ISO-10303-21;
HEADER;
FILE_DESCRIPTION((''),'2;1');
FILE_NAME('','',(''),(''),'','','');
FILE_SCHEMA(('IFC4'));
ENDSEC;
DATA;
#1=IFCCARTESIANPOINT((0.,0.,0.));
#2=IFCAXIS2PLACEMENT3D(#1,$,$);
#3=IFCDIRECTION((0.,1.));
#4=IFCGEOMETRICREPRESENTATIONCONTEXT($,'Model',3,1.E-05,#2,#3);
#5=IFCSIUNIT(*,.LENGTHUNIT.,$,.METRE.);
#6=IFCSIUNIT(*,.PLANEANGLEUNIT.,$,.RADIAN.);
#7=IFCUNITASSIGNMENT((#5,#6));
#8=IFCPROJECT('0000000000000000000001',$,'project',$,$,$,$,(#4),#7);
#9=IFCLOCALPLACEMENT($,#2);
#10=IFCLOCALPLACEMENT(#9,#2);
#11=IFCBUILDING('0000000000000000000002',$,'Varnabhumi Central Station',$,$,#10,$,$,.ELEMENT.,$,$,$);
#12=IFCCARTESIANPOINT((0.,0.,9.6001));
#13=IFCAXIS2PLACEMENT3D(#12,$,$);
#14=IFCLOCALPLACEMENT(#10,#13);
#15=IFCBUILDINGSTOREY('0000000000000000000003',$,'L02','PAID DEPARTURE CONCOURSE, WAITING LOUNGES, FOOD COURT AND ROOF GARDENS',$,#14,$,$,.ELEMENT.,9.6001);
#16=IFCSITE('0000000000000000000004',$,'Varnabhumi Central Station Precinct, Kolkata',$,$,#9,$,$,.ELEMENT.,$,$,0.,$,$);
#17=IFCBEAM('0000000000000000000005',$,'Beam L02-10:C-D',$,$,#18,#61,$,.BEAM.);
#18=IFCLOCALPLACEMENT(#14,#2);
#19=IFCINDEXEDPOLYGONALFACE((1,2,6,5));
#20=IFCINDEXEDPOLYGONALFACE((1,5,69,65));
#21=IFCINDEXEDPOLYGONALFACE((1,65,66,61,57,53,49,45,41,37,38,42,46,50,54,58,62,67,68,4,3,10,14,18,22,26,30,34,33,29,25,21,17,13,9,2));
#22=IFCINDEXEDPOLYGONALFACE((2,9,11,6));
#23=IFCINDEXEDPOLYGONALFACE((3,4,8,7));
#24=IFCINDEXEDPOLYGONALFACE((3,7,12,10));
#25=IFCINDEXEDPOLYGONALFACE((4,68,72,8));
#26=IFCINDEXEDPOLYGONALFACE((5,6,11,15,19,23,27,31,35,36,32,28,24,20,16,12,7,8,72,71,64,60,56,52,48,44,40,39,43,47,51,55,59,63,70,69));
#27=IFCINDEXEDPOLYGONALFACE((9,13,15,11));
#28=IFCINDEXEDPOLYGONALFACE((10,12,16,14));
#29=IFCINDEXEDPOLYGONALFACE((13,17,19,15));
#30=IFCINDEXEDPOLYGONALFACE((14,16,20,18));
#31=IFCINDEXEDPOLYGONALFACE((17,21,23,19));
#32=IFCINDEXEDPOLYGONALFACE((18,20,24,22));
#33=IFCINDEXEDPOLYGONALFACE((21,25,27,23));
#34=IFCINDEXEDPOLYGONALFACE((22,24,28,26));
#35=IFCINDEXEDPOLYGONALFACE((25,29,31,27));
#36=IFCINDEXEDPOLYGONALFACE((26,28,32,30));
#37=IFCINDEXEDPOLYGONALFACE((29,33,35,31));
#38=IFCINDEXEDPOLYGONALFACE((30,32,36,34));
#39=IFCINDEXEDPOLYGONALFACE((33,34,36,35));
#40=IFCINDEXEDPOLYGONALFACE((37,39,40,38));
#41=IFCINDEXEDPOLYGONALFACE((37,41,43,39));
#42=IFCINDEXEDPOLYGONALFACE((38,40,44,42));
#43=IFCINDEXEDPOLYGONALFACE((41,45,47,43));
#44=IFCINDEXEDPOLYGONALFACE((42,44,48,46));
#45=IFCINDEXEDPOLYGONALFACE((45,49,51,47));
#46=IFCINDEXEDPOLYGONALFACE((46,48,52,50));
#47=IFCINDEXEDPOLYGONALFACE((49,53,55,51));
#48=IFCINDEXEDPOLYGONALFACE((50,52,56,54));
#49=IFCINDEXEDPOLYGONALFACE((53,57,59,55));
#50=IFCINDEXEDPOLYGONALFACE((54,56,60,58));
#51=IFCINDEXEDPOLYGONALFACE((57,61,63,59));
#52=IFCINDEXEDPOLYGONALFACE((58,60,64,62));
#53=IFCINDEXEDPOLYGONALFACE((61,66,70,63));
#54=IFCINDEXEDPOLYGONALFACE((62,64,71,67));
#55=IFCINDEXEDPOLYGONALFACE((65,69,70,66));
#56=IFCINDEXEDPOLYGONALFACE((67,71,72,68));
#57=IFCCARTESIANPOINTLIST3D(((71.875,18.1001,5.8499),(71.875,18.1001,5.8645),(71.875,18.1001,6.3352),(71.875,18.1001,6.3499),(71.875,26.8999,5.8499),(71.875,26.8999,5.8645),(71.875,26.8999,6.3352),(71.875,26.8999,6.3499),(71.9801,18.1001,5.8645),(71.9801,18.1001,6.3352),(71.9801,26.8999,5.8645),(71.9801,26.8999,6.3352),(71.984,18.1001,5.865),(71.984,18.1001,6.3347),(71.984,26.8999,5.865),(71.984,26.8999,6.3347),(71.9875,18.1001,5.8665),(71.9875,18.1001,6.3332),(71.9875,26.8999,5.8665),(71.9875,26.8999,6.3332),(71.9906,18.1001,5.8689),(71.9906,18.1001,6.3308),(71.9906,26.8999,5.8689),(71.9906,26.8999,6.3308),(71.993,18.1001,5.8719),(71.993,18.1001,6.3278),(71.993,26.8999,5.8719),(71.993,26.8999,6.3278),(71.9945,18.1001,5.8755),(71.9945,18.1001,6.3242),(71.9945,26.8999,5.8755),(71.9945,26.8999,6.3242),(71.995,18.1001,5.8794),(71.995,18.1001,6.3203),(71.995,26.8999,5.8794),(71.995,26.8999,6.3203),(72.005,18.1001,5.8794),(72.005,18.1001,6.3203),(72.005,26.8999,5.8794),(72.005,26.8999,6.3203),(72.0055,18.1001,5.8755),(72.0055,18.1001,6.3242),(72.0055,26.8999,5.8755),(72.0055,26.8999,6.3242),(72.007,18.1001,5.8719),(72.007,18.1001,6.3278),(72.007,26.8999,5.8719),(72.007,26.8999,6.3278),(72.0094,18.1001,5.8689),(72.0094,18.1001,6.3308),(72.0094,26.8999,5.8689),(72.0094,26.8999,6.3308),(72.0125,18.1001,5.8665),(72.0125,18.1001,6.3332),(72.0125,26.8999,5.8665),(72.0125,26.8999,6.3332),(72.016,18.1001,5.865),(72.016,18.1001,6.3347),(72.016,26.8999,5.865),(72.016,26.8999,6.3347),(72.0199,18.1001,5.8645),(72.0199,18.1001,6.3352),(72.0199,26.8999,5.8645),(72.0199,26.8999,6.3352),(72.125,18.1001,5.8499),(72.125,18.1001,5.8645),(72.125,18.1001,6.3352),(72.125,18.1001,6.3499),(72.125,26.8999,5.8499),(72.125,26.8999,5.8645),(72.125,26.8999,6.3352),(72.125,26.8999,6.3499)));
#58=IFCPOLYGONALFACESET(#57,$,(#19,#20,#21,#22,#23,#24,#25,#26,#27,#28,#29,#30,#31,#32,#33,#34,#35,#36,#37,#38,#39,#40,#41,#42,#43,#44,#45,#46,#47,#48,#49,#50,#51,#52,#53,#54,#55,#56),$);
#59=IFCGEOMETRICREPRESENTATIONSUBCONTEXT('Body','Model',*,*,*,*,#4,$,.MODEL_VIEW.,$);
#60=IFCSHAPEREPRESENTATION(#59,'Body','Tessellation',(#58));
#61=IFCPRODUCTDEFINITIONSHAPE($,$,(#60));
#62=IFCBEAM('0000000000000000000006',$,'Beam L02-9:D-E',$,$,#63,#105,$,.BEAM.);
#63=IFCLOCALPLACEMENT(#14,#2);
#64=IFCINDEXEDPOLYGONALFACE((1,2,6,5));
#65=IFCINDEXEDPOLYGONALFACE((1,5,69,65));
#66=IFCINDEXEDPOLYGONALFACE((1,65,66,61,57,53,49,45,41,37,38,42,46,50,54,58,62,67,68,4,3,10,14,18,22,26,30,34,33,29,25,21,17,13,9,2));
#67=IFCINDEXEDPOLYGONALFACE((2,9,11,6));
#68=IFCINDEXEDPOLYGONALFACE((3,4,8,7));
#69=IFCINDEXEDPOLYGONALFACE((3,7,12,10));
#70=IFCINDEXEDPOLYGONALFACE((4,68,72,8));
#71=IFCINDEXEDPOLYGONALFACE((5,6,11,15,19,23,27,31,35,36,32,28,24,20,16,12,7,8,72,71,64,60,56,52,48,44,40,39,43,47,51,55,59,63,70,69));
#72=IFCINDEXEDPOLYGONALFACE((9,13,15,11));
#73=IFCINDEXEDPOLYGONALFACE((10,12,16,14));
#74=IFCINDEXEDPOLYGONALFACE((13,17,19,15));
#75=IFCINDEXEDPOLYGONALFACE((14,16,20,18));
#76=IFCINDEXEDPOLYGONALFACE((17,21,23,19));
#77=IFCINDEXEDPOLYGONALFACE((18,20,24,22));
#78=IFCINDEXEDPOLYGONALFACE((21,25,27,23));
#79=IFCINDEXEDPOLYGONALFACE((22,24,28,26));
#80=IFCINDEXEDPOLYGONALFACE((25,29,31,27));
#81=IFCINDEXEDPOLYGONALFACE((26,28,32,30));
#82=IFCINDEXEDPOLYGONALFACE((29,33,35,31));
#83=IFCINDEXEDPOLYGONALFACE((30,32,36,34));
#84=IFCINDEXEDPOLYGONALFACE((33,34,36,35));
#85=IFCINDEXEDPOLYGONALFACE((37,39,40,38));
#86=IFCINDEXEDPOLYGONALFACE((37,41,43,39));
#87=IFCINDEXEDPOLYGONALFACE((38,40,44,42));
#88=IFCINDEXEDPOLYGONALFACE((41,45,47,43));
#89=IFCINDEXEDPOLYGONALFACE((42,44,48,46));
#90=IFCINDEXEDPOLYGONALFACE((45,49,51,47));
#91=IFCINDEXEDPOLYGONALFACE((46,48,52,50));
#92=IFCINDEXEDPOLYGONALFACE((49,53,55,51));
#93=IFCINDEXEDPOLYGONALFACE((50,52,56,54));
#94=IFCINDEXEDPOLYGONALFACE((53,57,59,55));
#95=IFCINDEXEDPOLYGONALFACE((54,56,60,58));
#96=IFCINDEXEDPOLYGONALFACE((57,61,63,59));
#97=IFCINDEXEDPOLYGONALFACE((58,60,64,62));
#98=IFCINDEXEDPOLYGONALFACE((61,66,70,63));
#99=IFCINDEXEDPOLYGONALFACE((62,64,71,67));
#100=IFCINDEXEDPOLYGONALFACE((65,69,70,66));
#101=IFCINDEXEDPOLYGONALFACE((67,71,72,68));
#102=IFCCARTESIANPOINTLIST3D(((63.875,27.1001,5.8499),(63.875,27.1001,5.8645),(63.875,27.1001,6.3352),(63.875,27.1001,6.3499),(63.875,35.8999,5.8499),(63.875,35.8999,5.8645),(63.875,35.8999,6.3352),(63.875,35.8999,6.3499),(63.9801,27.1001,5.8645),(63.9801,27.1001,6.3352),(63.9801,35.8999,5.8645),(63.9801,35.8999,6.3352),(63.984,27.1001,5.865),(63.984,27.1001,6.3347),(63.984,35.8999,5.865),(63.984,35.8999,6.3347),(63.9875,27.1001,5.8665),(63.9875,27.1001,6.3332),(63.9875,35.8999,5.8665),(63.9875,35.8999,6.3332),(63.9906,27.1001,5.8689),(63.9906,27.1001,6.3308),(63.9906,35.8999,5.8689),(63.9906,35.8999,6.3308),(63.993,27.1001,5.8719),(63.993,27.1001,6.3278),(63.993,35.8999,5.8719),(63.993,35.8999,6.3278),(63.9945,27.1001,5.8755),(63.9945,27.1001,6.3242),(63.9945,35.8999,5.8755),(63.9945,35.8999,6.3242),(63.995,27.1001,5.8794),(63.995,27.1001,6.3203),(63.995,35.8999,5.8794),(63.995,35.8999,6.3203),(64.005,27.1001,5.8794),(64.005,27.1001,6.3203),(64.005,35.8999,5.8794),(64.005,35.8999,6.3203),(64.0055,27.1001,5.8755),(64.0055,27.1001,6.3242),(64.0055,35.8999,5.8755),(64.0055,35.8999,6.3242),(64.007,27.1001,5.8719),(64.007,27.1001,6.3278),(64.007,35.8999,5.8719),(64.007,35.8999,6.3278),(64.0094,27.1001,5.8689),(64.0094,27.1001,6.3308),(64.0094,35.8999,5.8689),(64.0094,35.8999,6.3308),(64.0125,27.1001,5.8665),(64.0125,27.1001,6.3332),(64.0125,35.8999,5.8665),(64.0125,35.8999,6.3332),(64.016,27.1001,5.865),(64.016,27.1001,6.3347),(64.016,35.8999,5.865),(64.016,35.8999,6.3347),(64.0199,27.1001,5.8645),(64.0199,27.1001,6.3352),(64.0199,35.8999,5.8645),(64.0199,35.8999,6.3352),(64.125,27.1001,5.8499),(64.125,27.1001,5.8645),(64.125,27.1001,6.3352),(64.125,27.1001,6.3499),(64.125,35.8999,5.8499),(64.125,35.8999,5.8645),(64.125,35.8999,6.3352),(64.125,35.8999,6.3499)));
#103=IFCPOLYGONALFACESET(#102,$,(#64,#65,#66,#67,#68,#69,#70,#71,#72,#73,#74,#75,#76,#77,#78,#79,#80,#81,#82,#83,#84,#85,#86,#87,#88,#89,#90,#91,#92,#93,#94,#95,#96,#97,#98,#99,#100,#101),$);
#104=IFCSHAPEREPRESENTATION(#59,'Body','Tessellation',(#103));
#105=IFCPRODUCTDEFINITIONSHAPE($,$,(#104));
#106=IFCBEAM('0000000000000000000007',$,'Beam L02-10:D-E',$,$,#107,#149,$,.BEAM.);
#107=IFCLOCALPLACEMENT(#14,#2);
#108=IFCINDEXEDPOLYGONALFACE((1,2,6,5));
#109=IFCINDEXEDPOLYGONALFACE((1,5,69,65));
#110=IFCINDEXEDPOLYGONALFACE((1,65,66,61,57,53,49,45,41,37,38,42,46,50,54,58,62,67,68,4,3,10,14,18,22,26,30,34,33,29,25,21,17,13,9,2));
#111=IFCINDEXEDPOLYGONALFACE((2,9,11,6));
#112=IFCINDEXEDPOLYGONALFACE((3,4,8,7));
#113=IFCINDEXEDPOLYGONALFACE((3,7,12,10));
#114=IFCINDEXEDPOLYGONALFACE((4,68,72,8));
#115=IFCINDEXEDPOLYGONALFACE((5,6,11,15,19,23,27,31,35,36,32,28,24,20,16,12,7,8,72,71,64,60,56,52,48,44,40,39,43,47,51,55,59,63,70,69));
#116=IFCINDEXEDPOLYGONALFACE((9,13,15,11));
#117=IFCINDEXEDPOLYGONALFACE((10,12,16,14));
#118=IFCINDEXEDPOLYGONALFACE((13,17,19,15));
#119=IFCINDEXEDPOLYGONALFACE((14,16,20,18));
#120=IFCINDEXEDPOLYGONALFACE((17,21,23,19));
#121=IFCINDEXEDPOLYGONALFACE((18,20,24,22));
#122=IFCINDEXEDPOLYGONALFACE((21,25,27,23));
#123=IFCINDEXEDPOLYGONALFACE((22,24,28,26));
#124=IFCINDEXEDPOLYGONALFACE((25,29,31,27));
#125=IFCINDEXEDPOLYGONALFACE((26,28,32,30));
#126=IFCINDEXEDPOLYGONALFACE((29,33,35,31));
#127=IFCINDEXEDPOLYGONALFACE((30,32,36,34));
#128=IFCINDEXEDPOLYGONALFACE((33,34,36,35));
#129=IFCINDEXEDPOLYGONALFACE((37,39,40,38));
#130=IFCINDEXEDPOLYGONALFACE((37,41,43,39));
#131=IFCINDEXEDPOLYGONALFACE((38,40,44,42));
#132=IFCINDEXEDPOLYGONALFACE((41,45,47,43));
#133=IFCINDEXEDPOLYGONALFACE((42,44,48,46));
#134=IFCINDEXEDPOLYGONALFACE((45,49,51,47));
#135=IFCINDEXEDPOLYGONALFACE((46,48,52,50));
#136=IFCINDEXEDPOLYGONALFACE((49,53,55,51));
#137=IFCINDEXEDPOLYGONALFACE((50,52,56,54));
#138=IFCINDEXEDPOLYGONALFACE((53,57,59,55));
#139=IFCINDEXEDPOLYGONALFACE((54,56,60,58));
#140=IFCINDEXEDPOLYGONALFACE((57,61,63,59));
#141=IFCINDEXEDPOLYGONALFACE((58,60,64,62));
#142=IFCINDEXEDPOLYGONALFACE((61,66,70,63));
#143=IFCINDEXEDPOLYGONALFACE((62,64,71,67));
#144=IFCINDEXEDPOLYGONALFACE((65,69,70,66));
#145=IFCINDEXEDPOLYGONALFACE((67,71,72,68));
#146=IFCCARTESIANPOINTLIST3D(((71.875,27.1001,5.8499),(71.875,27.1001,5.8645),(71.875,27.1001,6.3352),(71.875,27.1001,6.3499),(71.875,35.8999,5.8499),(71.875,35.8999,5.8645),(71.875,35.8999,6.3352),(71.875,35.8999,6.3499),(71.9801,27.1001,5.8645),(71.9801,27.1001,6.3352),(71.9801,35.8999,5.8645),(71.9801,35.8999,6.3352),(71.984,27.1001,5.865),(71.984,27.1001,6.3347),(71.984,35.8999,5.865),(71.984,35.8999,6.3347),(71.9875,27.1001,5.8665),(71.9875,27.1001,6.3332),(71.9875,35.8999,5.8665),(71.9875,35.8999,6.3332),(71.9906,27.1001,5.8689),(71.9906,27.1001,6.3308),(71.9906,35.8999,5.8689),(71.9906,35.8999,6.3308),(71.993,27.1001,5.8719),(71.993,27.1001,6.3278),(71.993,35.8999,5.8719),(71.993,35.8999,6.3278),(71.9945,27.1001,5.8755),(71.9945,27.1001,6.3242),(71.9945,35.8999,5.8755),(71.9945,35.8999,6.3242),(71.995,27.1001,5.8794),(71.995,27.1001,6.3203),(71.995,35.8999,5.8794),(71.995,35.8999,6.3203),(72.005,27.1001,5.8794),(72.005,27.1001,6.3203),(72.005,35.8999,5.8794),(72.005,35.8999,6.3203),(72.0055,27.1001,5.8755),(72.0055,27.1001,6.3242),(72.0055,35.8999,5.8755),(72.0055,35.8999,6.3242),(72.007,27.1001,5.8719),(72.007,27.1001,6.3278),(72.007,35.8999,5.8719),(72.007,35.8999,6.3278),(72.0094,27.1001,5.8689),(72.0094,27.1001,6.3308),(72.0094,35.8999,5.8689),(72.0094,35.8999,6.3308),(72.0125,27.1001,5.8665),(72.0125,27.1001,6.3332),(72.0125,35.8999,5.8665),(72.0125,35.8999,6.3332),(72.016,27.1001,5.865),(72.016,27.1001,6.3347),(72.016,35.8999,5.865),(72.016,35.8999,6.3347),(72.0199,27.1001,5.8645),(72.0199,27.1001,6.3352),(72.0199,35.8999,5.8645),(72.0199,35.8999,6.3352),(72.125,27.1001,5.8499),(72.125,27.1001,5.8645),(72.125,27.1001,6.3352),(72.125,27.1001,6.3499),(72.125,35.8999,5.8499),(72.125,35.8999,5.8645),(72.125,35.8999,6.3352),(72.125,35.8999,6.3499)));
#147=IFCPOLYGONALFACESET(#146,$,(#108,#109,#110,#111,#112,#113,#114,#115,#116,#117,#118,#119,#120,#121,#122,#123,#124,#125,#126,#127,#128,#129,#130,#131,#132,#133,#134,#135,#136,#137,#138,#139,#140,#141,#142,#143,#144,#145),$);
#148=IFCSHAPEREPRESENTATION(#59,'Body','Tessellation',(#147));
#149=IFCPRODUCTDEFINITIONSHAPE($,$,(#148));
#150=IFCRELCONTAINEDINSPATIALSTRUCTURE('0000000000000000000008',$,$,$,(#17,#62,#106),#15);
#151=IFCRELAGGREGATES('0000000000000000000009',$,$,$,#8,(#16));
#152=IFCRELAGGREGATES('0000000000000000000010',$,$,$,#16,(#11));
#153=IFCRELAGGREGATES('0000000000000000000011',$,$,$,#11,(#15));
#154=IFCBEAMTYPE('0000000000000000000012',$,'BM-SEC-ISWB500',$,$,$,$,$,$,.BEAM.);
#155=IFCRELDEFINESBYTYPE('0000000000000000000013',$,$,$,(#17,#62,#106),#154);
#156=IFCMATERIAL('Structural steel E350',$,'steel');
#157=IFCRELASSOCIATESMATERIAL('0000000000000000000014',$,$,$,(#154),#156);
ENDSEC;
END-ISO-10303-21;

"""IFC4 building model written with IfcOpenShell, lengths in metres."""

from ifc_helpers import new_model, si_unit, direction, frame, origin, origin_2d, place, context, subcontext, project, spatial, i_section, extrude, material, material_profile, profile_set, type_object, element, save


model = new_model("IFC4")

# Units and contexts
model_context = context("Model", 3, precision=1e-05, world=origin(), true_north=direction((0.0, 1.0)))
body_context = subcontext(model_context, "Body", "Model", "MODEL_VIEW")
ifc_project = project(units=[si_unit("LENGTHUNIT", "METRE"), si_unit("PLANEANGLEUNIT", "RADIAN")], contexts=[model_context])

# Site, building, storey
site_placement = place(None, origin())
site = spatial("IfcSite", under=ifc_project, at=site_placement, Name="Varnabhumi Central Station Precinct, Kolkata", CompositionType="ELEMENT", RefElevation=0.0)
building_placement = place(site_placement, origin())
building = spatial("IfcBuilding", under=site, at=building_placement, Name="Varnabhumi Central Station", CompositionType="ELEMENT")
storey_placement = place(building_placement, frame((0.0, 0.0, 9.6001)))
storey = spatial("IfcBuildingStorey", under=building, at=storey_placement, Name="L02", Description="PAID DEPARTURE CONCOURSE, WAITING LOUNGES, FOOD COURT AND ROOF GARDENS", CompositionType="ELEMENT", Elevation=9.6001)

# Beams
ifc_material_1 = material(Name="Structural steel E350", Category="steel")
ifc_material_profile_1 = material_profile(ifc_material_1, i_section(OverallWidth=0.25, OverallDepth=0.5, WebThickness=0.01, FlangeThickness=0.0146, FilletRadius=0.0149, at=origin_2d()), Name="Structural steel E350", Category="steel")
ifc_profile_set_1 = profile_set([ifc_material_profile_1], Name="Structural steel E350")
beam_type_1 = type_object("IfcBeamType", Name="BM-SEC-ISWB500", PredefinedType="BEAM", material=ifc_profile_set_1)
for number, where, z_axis, x_axis, name in (
    (1, (72.0, 18.1001, 6.0999), (0.0, 1.0, 0.0), (-1.0, 0.0, 0.0), "Beam L02-10:C-D"),
    (2, (64.0, 27.1001, 6.0999), (0.0, 1.0, 0.0), (-1.0, 0.0, 0.0), "Beam L02-9:D-E"),
    (3, (72.0, 27.1001, 6.0999), (0.0, 1.0, 0.0), (-1.0, 0.0, 0.0), "Beam L02-10:D-E"),
):
    element("IfcBeam", number, at=place(storey_placement, frame(where, z_axis=z_axis, x_axis=x_axis)), inside=storey, type_object=beam_type_1, Name=name, PredefinedType="BEAM", context=body_context, shape_type="SweptSolid", body=[
        extrude(i_section(OverallWidth=0.25, OverallDepth=0.5, WebThickness=0.01, FlangeThickness=0.0146, FilletRadius=0.0149, at=origin_2d()), origin(), (0.0, 0.0, 1.0), 8.7998),
    ])

save(model, "model.ifc")
